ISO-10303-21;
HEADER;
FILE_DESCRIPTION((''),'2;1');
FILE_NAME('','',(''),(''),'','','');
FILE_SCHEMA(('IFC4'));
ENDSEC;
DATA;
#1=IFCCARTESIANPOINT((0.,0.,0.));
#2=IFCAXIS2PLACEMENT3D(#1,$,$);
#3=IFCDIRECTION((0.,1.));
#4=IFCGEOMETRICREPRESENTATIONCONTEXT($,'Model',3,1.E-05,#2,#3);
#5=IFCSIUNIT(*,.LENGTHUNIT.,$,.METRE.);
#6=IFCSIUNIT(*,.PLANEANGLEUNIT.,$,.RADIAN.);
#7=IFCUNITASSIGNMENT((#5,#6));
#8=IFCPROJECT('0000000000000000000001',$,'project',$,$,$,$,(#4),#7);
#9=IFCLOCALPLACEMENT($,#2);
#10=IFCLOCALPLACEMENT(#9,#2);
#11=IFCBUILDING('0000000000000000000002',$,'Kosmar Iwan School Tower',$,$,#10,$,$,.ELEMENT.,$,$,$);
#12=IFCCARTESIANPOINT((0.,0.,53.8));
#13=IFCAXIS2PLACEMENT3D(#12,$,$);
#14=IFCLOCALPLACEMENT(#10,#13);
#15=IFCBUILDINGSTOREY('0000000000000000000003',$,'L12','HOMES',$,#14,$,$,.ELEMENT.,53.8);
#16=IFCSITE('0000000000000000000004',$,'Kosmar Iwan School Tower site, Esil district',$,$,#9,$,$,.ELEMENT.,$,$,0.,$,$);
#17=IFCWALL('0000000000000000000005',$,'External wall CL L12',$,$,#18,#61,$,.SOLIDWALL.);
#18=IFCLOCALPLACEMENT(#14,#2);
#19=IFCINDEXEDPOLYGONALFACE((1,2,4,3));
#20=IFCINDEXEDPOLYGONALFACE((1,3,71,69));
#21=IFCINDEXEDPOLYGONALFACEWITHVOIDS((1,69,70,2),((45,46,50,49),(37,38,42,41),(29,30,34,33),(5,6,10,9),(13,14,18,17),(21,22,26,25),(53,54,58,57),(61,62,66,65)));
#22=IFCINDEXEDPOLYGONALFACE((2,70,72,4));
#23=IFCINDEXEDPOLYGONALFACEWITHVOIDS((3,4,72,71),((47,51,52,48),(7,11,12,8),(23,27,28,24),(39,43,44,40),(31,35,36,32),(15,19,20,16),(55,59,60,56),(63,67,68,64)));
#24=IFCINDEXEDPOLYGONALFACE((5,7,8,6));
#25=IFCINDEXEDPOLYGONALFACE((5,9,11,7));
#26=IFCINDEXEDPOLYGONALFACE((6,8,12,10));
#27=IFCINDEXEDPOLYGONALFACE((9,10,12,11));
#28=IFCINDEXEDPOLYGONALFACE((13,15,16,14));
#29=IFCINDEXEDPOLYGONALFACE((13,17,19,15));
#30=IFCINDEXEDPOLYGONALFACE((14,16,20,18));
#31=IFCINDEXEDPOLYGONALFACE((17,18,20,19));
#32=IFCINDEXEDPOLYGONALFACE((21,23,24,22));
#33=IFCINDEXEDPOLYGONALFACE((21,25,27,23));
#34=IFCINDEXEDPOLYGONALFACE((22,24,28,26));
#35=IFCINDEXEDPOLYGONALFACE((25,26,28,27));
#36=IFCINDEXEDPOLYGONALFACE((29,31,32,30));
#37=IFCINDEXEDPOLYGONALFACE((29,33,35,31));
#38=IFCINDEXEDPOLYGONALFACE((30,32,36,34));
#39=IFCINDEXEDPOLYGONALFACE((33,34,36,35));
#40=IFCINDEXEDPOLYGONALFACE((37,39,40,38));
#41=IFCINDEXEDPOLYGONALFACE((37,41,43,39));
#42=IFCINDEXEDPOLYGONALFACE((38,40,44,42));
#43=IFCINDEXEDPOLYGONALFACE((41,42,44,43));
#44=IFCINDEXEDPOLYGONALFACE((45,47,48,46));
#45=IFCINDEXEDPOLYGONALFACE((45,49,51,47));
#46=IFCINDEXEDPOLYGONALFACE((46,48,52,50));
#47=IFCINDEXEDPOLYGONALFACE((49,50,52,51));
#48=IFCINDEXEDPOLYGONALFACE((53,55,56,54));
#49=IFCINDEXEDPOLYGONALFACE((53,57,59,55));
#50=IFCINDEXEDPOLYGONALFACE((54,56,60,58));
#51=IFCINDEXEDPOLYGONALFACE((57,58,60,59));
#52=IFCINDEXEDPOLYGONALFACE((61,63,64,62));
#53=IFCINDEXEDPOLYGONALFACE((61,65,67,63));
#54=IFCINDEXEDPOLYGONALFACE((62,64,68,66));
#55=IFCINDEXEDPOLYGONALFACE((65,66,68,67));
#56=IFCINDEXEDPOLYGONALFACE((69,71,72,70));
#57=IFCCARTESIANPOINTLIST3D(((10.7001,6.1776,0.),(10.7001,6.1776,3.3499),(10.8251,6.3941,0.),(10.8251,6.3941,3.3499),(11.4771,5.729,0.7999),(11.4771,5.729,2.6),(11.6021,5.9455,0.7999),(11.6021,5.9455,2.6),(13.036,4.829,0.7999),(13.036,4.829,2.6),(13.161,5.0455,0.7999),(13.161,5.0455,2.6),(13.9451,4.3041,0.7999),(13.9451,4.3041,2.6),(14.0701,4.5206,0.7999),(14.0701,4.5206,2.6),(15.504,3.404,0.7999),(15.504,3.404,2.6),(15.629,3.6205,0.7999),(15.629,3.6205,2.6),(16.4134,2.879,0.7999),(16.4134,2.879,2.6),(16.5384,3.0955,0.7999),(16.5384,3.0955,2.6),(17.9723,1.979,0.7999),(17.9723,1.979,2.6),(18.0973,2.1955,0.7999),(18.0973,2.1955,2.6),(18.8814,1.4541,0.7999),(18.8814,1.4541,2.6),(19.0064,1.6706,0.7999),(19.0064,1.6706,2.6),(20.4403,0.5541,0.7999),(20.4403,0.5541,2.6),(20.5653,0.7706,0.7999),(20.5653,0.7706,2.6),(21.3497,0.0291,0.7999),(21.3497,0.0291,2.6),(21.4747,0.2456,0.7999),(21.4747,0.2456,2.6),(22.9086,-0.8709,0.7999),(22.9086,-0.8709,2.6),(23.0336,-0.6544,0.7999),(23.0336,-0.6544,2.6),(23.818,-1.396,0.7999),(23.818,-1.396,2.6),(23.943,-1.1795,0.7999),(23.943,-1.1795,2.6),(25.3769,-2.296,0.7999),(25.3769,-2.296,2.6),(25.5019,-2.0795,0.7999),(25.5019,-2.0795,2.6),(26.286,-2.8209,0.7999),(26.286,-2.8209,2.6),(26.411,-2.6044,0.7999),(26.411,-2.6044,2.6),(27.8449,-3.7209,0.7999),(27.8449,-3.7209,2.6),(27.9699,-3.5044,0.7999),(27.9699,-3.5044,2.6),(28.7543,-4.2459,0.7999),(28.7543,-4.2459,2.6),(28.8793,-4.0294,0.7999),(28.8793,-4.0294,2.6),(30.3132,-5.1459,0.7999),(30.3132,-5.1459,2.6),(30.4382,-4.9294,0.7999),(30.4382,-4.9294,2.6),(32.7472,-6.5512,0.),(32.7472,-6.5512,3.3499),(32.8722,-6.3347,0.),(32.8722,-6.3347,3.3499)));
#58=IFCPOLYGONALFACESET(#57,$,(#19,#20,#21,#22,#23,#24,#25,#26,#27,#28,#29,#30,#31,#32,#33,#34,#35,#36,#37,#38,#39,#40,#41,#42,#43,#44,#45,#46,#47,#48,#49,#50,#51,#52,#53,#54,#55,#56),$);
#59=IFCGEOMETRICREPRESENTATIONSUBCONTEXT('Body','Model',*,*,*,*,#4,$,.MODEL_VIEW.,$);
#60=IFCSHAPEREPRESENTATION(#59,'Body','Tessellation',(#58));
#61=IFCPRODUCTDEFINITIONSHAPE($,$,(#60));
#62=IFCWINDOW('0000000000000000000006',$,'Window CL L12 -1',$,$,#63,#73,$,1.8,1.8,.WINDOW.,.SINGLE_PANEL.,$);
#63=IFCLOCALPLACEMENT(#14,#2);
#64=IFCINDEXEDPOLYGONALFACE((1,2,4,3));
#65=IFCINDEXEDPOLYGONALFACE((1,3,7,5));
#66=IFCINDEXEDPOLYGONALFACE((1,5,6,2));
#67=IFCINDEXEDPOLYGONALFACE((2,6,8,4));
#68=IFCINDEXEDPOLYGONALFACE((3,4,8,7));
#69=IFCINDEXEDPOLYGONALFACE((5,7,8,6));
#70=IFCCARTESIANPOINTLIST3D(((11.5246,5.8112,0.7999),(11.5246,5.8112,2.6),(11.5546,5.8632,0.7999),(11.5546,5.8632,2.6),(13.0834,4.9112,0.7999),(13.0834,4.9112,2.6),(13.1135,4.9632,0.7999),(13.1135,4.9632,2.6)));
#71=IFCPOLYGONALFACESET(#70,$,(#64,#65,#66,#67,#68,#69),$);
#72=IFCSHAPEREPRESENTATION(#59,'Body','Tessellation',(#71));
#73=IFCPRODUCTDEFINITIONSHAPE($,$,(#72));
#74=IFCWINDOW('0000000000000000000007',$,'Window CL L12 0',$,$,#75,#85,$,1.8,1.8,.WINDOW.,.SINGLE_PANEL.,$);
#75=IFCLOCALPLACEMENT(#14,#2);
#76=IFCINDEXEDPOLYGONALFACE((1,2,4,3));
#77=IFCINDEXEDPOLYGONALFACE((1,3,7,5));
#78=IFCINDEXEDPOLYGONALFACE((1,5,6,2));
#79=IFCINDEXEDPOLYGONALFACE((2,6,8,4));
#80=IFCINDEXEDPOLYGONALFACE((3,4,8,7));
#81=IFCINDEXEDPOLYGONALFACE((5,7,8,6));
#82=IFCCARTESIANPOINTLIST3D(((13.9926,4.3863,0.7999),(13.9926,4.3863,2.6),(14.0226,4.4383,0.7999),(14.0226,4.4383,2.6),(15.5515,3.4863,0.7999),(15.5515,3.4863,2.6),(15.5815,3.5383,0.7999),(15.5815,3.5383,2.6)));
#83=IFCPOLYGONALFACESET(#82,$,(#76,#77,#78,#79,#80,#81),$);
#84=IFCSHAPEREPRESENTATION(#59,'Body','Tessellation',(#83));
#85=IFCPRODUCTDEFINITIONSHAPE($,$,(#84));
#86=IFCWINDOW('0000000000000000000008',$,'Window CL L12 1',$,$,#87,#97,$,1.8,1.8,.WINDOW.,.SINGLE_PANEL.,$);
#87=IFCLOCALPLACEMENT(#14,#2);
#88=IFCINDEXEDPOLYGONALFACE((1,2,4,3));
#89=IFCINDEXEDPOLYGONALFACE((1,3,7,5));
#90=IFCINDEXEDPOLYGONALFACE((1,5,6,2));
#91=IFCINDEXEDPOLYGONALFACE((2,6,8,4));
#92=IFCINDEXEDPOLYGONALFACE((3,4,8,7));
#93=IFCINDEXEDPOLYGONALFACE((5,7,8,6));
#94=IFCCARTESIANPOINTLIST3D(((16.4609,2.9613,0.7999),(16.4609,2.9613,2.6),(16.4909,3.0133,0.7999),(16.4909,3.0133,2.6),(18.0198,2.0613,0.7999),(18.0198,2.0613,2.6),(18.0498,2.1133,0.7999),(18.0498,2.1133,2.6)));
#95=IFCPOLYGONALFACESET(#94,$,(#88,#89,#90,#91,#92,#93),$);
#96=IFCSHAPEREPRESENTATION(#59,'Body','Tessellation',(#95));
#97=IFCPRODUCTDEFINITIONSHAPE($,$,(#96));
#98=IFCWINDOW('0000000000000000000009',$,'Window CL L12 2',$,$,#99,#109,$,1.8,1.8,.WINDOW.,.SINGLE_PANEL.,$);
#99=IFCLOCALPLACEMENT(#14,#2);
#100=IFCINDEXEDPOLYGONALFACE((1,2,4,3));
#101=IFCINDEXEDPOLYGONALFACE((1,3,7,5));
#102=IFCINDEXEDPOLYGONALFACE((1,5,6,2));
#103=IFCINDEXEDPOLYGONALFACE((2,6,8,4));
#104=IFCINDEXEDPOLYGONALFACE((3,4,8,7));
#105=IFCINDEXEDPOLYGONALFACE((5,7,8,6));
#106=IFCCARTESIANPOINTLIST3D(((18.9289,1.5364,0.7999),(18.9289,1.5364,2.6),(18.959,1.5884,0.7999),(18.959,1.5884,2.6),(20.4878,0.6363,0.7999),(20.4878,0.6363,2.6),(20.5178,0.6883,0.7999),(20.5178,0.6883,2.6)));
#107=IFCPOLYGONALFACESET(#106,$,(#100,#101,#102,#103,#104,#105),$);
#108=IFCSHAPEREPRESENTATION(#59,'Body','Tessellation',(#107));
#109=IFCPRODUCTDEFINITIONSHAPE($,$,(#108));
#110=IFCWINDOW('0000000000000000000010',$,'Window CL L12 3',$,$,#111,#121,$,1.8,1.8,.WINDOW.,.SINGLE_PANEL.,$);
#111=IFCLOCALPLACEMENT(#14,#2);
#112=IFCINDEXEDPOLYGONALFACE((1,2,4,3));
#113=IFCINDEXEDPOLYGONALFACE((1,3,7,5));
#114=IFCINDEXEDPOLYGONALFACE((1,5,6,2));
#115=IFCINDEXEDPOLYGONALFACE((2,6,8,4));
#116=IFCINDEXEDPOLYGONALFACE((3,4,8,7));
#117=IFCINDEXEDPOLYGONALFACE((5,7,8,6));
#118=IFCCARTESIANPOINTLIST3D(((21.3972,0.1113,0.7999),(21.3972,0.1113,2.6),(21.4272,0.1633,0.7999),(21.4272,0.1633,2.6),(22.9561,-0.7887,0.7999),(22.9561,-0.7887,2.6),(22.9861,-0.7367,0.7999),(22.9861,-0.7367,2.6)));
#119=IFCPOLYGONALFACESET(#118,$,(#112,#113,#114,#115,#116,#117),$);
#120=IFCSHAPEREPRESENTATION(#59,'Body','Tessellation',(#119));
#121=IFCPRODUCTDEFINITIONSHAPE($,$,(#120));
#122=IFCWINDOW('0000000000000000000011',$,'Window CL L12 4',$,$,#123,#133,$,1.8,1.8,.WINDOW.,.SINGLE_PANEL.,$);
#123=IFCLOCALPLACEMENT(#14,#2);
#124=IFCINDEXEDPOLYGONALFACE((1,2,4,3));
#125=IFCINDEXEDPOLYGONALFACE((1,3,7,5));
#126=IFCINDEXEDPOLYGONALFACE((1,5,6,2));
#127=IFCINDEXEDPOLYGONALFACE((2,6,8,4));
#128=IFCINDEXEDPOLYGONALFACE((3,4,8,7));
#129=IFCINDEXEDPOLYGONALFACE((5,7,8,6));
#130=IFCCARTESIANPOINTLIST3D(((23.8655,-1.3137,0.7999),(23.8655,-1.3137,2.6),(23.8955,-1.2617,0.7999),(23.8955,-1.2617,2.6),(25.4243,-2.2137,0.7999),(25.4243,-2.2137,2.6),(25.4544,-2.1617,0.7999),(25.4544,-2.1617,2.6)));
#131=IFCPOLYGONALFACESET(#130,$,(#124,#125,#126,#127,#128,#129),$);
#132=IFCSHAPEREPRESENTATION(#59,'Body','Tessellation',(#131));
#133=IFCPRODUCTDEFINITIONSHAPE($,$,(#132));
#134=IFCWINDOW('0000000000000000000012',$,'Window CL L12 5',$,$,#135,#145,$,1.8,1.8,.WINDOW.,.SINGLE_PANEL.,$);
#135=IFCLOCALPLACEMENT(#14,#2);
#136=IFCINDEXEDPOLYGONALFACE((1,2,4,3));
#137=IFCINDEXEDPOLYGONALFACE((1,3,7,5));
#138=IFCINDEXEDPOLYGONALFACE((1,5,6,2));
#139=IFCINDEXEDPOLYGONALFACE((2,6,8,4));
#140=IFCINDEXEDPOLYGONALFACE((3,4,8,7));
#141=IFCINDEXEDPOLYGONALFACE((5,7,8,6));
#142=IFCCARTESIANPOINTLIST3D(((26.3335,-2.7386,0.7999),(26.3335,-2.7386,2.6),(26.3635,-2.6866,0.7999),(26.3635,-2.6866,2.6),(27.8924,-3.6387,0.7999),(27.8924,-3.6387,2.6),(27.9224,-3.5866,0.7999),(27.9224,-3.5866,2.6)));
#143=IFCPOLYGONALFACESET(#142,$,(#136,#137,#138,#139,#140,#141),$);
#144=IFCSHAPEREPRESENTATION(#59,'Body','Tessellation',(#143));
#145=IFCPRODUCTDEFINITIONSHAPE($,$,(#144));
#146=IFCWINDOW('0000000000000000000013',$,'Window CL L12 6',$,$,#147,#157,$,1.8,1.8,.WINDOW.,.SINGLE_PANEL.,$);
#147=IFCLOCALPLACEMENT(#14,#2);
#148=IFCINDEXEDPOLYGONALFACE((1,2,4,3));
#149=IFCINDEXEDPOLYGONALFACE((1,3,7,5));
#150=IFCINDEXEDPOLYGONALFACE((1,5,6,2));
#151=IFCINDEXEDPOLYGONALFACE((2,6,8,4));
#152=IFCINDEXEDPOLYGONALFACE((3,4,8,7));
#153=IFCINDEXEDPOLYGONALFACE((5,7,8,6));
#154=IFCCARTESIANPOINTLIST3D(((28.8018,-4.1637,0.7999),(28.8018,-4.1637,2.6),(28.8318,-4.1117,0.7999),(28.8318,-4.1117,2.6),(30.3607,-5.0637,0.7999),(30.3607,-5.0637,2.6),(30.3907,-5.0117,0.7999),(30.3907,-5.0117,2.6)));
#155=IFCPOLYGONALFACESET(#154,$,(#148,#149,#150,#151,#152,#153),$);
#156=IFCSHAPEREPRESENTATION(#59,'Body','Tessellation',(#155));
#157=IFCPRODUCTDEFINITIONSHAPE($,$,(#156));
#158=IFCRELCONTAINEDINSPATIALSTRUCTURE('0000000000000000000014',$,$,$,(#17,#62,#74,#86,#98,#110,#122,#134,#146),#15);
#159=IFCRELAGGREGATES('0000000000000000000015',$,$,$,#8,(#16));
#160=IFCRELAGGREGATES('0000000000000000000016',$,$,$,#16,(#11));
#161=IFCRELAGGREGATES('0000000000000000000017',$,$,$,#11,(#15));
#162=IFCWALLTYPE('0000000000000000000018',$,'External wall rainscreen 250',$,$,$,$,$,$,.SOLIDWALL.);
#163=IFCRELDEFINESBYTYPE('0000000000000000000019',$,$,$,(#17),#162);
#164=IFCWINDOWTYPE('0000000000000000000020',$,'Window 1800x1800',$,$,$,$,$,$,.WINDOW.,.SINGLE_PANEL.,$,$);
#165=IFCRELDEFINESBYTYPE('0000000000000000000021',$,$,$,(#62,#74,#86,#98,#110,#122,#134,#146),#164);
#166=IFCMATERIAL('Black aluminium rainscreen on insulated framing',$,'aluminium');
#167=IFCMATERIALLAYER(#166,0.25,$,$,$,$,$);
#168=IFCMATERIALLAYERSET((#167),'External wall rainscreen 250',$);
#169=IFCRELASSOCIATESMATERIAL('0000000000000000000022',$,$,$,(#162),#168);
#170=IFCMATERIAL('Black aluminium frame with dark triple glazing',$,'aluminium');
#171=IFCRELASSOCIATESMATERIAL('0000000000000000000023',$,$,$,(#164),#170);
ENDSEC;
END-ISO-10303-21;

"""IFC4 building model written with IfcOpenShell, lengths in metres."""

from ifc_helpers import new_model, si_unit, direction, frame, frame_2d, origin, place, context, subcontext, project, spatial, rectangle, extrude, material, layer, layer_set, type_object, element, fill, save


model = new_model("IFC4")

# Units and contexts
model_context = context("Model", 3, precision=1e-05, world=origin(), true_north=direction((0.0, 1.0)))
body_context = subcontext(model_context, "Body", "Model", "MODEL_VIEW")
ifc_project = project(units=[si_unit("LENGTHUNIT", "METRE"), si_unit("PLANEANGLEUNIT", "RADIAN")], contexts=[model_context])

# Site, building, storey
site_placement = place(None, origin())
site = spatial("IfcSite", under=ifc_project, at=site_placement, Name="Kosmar Iwan School Tower site, Esil district", CompositionType="ELEMENT", RefElevation=0.0)
building_placement = place(site_placement, origin())
building = spatial("IfcBuilding", under=site, at=building_placement, Name="Kosmar Iwan School Tower", CompositionType="ELEMENT")
storey_placement = place(building_placement, frame((0.0, 0.0, 53.8)))
storey = spatial("IfcBuildingStorey", under=building, at=storey_placement, Name="L12", Description="HOMES", CompositionType="ELEMENT", Elevation=53.8)

# Wall, openings, windows
ifc_material_1 = material(Name="Black aluminium rainscreen on insulated framing", Category="aluminium")
ifc_layer = layer(ifc_material_1, 0.25)
ifc_layer_set = layer_set([ifc_layer], Name="External wall rainscreen 250")
wall_type = type_object("IfcWallType", Name="External wall rainscreen 250", PredefinedType="SOLIDWALL", material=ifc_layer_set)
wall_1_placement = place(storey_placement, frame((10.7625, 6.2859, 0.0), z_axis=(0.0, 0.0, 1.0), x_axis=(0.866028, -0.499996, 0.0)))
wall_1 = element("IfcWall", 1, at=wall_1_placement, inside=storey, type_object=wall_type, Name="External wall CL L12", PredefinedType="SOLIDWALL", context=body_context, shape_type="SweptSolid", body=[
    extrude(rectangle(XDim=25.4578, YDim=0.25, at=frame_2d((12.729, 0.0))), origin(), (0.0, 0.0, 1.0), 3.3499),
])
opening_1_placement = place(wall_1_placement, frame((0.8975, 0.0, 0.8)))
opening_1 = element("IfcOpeningElement", 2, at=opening_1_placement, cuts=wall_1, PredefinedType="OPENING", context=body_context, shape_type="SweptSolid", body=[
    extrude(rectangle(XDim=1.8, YDim=1.8, at=frame_2d((0.8999, 0.8999))), frame((0.0, 0.137, 0.0), z_axis=(0.0, -1.0, 0.0), x_axis=(1.0, 0.0, 0.0)), (0.0, 0.0, 1.0), 0.2739),
])
opening_2_placement = place(wall_1_placement, frame((3.7473, 0.0, 0.8)))
opening_2 = element("IfcOpeningElement", 3, at=opening_2_placement, cuts=wall_1, PredefinedType="OPENING", context=body_context, shape_type="SweptSolid", body=[
    extrude(rectangle(XDim=1.8, YDim=1.8, at=frame_2d((0.8999, 0.8999))), frame((0.0, 0.137, 0.0), z_axis=(0.0, -1.0, 0.0), x_axis=(1.0, 0.0, 0.0)), (0.0, 0.0, 1.0), 0.2739),
])
opening_3_placement = place(wall_1_placement, frame((6.5974, 0.0, 0.8)))
opening_3 = element("IfcOpeningElement", 4, at=opening_3_placement, cuts=wall_1, PredefinedType="OPENING", context=body_context, shape_type="SweptSolid", body=[
    extrude(rectangle(XDim=1.8, YDim=1.8, at=frame_2d((0.8999, 0.8999))), frame((0.0, 0.137, 0.0), z_axis=(0.0, -1.0, 0.0), x_axis=(1.0, 0.0, 0.0)), (0.0, 0.0, 1.0), 0.2739),
])
opening_4_placement = place(wall_1_placement, frame((9.4473, 0.0, 0.8)))
opening_4 = element("IfcOpeningElement", 5, at=opening_4_placement, cuts=wall_1, PredefinedType="OPENING", context=body_context, shape_type="SweptSolid", body=[
    extrude(rectangle(XDim=1.8, YDim=1.8, at=frame_2d((0.8999, 0.8999))), frame((0.0, 0.137, 0.0), z_axis=(0.0, -1.0, 0.0), x_axis=(1.0, 0.0, 0.0)), (0.0, 0.0, 1.0), 0.2739),
])
opening_5_placement = place(wall_1_placement, frame((12.2974, 0.0, 0.8)))
opening_5 = element("IfcOpeningElement", 6, at=opening_5_placement, cuts=wall_1, PredefinedType="OPENING", context=body_context, shape_type="SweptSolid", body=[
    extrude(rectangle(XDim=1.8, YDim=1.8, at=frame_2d((0.8999, 0.8999))), frame((0.0, 0.137, 0.0), z_axis=(0.0, -1.0, 0.0), x_axis=(1.0, 0.0, 0.0)), (0.0, 0.0, 1.0), 0.2739),
])
opening_6_placement = place(wall_1_placement, frame((15.1475, 0.0, 0.8)))
opening_6 = element("IfcOpeningElement", 7, at=opening_6_placement, cuts=wall_1, PredefinedType="OPENING", context=body_context, shape_type="SweptSolid", body=[
    extrude(rectangle(XDim=1.8, YDim=1.8, at=frame_2d((0.8999, 0.8999))), frame((0.0, 0.137, 0.0), z_axis=(0.0, -1.0, 0.0), x_axis=(1.0, 0.0, 0.0)), (0.0, 0.0, 1.0), 0.2739),
])
opening_7_placement = place(wall_1_placement, frame((17.9973, 0.0, 0.8)))
opening_7 = element("IfcOpeningElement", 8, at=opening_7_placement, cuts=wall_1, PredefinedType="OPENING", context=body_context, shape_type="SweptSolid", body=[
    extrude(rectangle(XDim=1.8, YDim=1.8, at=frame_2d((0.8999, 0.8999))), frame((0.0, 0.137, 0.0), z_axis=(0.0, -1.0, 0.0), x_axis=(1.0, 0.0, 0.0)), (0.0, 0.0, 1.0), 0.2739),
])
opening_8_placement = place(wall_1_placement, frame((20.8474, 0.0, 0.8)))
opening_8 = element("IfcOpeningElement", 9, at=opening_8_placement, cuts=wall_1, PredefinedType="OPENING", context=body_context, shape_type="SweptSolid", body=[
    extrude(rectangle(XDim=1.8, YDim=1.8, at=frame_2d((0.8999, 0.8999))), frame((0.0, 0.137, 0.0), z_axis=(0.0, -1.0, 0.0), x_axis=(1.0, 0.0, 0.0)), (0.0, 0.0, 1.0), 0.2739),
])
ifc_material_2 = material(Name="Black aluminium frame with dark triple glazing", Category="aluminium")
window_type = type_object("IfcWindowType", Name="Window 1800x1800", PartitioningType="SINGLE_PANEL", PredefinedType="WINDOW", material=ifc_material_2)
window_1_placement = place(opening_1_placement, origin())
window_1 = element("IfcWindow", 10, at=window_1_placement, inside=storey, type_object=window_type, Name="Window CL L12 -1", OverallHeight=1.8, OverallWidth=1.8, PartitioningType="SINGLE_PANEL", PredefinedType="WINDOW", context=body_context, shape_type="SweptSolid", body=[
    extrude(rectangle(XDim=1.8, YDim=1.8, at=frame_2d((0.8999, 0.8999))), frame((0.0, 0.03, 0.0), z_axis=(0.0, -1.0, 0.0), x_axis=(1.0, 0.0, 0.0)), (0.0, 0.0, 1.0), 0.0601),
])
fill(opening_1, window_1)
window_2_placement = place(opening_2_placement, origin())
window_2 = element("IfcWindow", 11, at=window_2_placement, inside=storey, type_object=window_type, Name="Window CL L12 0", OverallHeight=1.8, OverallWidth=1.8, PartitioningType="SINGLE_PANEL", PredefinedType="WINDOW", context=body_context, shape_type="SweptSolid", body=[
    extrude(rectangle(XDim=1.8, YDim=1.8, at=frame_2d((0.8999, 0.8999))), frame((0.0, 0.03, 0.0), z_axis=(0.0, -1.0, 0.0), x_axis=(1.0, 0.0, 0.0)), (0.0, 0.0, 1.0), 0.0601),
])
fill(opening_2, window_2)
window_3_placement = place(opening_3_placement, origin())
window_3 = element("IfcWindow", 12, at=window_3_placement, inside=storey, type_object=window_type, Name="Window CL L12 1", OverallHeight=1.8, OverallWidth=1.8, PartitioningType="SINGLE_PANEL", PredefinedType="WINDOW", context=body_context, shape_type="SweptSolid", body=[
    extrude(rectangle(XDim=1.8, YDim=1.8, at=frame_2d((0.8999, 0.8999))), frame((0.0, 0.03, 0.0), z_axis=(0.0, -1.0, 0.0), x_axis=(1.0, 0.0, 0.0)), (0.0, 0.0, 1.0), 0.0601),
])
fill(opening_3, window_3)
window_4_placement = place(opening_4_placement, origin())
window_4 = element("IfcWindow", 13, at=window_4_placement, inside=storey, type_object=window_type, Name="Window CL L12 2", OverallHeight=1.8, OverallWidth=1.8, PartitioningType="SINGLE_PANEL", PredefinedType="WINDOW", context=body_context, shape_type="SweptSolid", body=[
    extrude(rectangle(XDim=1.8, YDim=1.8, at=frame_2d((0.8999, 0.8999))), frame((0.0, 0.03, 0.0), z_axis=(0.0, -1.0, 0.0), x_axis=(1.0, 0.0, 0.0)), (0.0, 0.0, 1.0), 0.0601),
])
fill(opening_4, window_4)
window_5_placement = place(opening_5_placement, origin())
window_5 = element("IfcWindow", 14, at=window_5_placement, inside=storey, type_object=window_type, Name="Window CL L12 3", OverallHeight=1.8, OverallWidth=1.8, PartitioningType="SINGLE_PANEL", PredefinedType="WINDOW", context=body_context, shape_type="SweptSolid", body=[
    extrude(rectangle(XDim=1.8, YDim=1.8, at=frame_2d((0.8999, 0.8999))), frame((0.0, 0.03, 0.0), z_axis=(0.0, -1.0, 0.0), x_axis=(1.0, 0.0, 0.0)), (0.0, 0.0, 1.0), 0.0601),
])
fill(opening_5, window_5)
window_6_placement = place(opening_6_placement, origin())
window_6 = element("IfcWindow", 15, at=window_6_placement, inside=storey, type_object=window_type, Name="Window CL L12 4", OverallHeight=1.8, OverallWidth=1.8, PartitioningType="SINGLE_PANEL", PredefinedType="WINDOW", context=body_context, shape_type="SweptSolid", body=[
    extrude(rectangle(XDim=1.8, YDim=1.8, at=frame_2d((0.8999, 0.8999))), frame((0.0, 0.03, 0.0), z_axis=(0.0, -1.0, 0.0), x_axis=(1.0, 0.0, 0.0)), (0.0, 0.0, 1.0), 0.0601),
])
fill(opening_6, window_6)
window_7_placement = place(opening_7_placement, origin())
window_7 = element("IfcWindow", 16, at=window_7_placement, inside=storey, type_object=window_type, Name="Window CL L12 5", OverallHeight=1.8, OverallWidth=1.8, PartitioningType="SINGLE_PANEL", PredefinedType="WINDOW", context=body_context, shape_type="SweptSolid", body=[
    extrude(rectangle(XDim=1.8, YDim=1.8, at=frame_2d((0.8999, 0.8999))), frame((0.0, 0.03, 0.0), z_axis=(0.0, -1.0, 0.0), x_axis=(1.0, 0.0, 0.0)), (0.0, 0.0, 1.0), 0.0601),
])
fill(opening_7, window_7)
window_8_placement = place(opening_8_placement, origin())
window_8 = element("IfcWindow", 17, at=window_8_placement, inside=storey, type_object=window_type, Name="Window CL L12 6", OverallHeight=1.8, OverallWidth=1.8, PartitioningType="SINGLE_PANEL", PredefinedType="WINDOW", context=body_context, shape_type="SweptSolid", body=[
    extrude(rectangle(XDim=1.8, YDim=1.8, at=frame_2d((0.8999, 0.8999))), frame((0.0, 0.03, 0.0), z_axis=(0.0, -1.0, 0.0), x_axis=(1.0, 0.0, 0.0)), (0.0, 0.0, 1.0), 0.0601),
])
fill(opening_8, window_8)

save(model, "model.ifc")
